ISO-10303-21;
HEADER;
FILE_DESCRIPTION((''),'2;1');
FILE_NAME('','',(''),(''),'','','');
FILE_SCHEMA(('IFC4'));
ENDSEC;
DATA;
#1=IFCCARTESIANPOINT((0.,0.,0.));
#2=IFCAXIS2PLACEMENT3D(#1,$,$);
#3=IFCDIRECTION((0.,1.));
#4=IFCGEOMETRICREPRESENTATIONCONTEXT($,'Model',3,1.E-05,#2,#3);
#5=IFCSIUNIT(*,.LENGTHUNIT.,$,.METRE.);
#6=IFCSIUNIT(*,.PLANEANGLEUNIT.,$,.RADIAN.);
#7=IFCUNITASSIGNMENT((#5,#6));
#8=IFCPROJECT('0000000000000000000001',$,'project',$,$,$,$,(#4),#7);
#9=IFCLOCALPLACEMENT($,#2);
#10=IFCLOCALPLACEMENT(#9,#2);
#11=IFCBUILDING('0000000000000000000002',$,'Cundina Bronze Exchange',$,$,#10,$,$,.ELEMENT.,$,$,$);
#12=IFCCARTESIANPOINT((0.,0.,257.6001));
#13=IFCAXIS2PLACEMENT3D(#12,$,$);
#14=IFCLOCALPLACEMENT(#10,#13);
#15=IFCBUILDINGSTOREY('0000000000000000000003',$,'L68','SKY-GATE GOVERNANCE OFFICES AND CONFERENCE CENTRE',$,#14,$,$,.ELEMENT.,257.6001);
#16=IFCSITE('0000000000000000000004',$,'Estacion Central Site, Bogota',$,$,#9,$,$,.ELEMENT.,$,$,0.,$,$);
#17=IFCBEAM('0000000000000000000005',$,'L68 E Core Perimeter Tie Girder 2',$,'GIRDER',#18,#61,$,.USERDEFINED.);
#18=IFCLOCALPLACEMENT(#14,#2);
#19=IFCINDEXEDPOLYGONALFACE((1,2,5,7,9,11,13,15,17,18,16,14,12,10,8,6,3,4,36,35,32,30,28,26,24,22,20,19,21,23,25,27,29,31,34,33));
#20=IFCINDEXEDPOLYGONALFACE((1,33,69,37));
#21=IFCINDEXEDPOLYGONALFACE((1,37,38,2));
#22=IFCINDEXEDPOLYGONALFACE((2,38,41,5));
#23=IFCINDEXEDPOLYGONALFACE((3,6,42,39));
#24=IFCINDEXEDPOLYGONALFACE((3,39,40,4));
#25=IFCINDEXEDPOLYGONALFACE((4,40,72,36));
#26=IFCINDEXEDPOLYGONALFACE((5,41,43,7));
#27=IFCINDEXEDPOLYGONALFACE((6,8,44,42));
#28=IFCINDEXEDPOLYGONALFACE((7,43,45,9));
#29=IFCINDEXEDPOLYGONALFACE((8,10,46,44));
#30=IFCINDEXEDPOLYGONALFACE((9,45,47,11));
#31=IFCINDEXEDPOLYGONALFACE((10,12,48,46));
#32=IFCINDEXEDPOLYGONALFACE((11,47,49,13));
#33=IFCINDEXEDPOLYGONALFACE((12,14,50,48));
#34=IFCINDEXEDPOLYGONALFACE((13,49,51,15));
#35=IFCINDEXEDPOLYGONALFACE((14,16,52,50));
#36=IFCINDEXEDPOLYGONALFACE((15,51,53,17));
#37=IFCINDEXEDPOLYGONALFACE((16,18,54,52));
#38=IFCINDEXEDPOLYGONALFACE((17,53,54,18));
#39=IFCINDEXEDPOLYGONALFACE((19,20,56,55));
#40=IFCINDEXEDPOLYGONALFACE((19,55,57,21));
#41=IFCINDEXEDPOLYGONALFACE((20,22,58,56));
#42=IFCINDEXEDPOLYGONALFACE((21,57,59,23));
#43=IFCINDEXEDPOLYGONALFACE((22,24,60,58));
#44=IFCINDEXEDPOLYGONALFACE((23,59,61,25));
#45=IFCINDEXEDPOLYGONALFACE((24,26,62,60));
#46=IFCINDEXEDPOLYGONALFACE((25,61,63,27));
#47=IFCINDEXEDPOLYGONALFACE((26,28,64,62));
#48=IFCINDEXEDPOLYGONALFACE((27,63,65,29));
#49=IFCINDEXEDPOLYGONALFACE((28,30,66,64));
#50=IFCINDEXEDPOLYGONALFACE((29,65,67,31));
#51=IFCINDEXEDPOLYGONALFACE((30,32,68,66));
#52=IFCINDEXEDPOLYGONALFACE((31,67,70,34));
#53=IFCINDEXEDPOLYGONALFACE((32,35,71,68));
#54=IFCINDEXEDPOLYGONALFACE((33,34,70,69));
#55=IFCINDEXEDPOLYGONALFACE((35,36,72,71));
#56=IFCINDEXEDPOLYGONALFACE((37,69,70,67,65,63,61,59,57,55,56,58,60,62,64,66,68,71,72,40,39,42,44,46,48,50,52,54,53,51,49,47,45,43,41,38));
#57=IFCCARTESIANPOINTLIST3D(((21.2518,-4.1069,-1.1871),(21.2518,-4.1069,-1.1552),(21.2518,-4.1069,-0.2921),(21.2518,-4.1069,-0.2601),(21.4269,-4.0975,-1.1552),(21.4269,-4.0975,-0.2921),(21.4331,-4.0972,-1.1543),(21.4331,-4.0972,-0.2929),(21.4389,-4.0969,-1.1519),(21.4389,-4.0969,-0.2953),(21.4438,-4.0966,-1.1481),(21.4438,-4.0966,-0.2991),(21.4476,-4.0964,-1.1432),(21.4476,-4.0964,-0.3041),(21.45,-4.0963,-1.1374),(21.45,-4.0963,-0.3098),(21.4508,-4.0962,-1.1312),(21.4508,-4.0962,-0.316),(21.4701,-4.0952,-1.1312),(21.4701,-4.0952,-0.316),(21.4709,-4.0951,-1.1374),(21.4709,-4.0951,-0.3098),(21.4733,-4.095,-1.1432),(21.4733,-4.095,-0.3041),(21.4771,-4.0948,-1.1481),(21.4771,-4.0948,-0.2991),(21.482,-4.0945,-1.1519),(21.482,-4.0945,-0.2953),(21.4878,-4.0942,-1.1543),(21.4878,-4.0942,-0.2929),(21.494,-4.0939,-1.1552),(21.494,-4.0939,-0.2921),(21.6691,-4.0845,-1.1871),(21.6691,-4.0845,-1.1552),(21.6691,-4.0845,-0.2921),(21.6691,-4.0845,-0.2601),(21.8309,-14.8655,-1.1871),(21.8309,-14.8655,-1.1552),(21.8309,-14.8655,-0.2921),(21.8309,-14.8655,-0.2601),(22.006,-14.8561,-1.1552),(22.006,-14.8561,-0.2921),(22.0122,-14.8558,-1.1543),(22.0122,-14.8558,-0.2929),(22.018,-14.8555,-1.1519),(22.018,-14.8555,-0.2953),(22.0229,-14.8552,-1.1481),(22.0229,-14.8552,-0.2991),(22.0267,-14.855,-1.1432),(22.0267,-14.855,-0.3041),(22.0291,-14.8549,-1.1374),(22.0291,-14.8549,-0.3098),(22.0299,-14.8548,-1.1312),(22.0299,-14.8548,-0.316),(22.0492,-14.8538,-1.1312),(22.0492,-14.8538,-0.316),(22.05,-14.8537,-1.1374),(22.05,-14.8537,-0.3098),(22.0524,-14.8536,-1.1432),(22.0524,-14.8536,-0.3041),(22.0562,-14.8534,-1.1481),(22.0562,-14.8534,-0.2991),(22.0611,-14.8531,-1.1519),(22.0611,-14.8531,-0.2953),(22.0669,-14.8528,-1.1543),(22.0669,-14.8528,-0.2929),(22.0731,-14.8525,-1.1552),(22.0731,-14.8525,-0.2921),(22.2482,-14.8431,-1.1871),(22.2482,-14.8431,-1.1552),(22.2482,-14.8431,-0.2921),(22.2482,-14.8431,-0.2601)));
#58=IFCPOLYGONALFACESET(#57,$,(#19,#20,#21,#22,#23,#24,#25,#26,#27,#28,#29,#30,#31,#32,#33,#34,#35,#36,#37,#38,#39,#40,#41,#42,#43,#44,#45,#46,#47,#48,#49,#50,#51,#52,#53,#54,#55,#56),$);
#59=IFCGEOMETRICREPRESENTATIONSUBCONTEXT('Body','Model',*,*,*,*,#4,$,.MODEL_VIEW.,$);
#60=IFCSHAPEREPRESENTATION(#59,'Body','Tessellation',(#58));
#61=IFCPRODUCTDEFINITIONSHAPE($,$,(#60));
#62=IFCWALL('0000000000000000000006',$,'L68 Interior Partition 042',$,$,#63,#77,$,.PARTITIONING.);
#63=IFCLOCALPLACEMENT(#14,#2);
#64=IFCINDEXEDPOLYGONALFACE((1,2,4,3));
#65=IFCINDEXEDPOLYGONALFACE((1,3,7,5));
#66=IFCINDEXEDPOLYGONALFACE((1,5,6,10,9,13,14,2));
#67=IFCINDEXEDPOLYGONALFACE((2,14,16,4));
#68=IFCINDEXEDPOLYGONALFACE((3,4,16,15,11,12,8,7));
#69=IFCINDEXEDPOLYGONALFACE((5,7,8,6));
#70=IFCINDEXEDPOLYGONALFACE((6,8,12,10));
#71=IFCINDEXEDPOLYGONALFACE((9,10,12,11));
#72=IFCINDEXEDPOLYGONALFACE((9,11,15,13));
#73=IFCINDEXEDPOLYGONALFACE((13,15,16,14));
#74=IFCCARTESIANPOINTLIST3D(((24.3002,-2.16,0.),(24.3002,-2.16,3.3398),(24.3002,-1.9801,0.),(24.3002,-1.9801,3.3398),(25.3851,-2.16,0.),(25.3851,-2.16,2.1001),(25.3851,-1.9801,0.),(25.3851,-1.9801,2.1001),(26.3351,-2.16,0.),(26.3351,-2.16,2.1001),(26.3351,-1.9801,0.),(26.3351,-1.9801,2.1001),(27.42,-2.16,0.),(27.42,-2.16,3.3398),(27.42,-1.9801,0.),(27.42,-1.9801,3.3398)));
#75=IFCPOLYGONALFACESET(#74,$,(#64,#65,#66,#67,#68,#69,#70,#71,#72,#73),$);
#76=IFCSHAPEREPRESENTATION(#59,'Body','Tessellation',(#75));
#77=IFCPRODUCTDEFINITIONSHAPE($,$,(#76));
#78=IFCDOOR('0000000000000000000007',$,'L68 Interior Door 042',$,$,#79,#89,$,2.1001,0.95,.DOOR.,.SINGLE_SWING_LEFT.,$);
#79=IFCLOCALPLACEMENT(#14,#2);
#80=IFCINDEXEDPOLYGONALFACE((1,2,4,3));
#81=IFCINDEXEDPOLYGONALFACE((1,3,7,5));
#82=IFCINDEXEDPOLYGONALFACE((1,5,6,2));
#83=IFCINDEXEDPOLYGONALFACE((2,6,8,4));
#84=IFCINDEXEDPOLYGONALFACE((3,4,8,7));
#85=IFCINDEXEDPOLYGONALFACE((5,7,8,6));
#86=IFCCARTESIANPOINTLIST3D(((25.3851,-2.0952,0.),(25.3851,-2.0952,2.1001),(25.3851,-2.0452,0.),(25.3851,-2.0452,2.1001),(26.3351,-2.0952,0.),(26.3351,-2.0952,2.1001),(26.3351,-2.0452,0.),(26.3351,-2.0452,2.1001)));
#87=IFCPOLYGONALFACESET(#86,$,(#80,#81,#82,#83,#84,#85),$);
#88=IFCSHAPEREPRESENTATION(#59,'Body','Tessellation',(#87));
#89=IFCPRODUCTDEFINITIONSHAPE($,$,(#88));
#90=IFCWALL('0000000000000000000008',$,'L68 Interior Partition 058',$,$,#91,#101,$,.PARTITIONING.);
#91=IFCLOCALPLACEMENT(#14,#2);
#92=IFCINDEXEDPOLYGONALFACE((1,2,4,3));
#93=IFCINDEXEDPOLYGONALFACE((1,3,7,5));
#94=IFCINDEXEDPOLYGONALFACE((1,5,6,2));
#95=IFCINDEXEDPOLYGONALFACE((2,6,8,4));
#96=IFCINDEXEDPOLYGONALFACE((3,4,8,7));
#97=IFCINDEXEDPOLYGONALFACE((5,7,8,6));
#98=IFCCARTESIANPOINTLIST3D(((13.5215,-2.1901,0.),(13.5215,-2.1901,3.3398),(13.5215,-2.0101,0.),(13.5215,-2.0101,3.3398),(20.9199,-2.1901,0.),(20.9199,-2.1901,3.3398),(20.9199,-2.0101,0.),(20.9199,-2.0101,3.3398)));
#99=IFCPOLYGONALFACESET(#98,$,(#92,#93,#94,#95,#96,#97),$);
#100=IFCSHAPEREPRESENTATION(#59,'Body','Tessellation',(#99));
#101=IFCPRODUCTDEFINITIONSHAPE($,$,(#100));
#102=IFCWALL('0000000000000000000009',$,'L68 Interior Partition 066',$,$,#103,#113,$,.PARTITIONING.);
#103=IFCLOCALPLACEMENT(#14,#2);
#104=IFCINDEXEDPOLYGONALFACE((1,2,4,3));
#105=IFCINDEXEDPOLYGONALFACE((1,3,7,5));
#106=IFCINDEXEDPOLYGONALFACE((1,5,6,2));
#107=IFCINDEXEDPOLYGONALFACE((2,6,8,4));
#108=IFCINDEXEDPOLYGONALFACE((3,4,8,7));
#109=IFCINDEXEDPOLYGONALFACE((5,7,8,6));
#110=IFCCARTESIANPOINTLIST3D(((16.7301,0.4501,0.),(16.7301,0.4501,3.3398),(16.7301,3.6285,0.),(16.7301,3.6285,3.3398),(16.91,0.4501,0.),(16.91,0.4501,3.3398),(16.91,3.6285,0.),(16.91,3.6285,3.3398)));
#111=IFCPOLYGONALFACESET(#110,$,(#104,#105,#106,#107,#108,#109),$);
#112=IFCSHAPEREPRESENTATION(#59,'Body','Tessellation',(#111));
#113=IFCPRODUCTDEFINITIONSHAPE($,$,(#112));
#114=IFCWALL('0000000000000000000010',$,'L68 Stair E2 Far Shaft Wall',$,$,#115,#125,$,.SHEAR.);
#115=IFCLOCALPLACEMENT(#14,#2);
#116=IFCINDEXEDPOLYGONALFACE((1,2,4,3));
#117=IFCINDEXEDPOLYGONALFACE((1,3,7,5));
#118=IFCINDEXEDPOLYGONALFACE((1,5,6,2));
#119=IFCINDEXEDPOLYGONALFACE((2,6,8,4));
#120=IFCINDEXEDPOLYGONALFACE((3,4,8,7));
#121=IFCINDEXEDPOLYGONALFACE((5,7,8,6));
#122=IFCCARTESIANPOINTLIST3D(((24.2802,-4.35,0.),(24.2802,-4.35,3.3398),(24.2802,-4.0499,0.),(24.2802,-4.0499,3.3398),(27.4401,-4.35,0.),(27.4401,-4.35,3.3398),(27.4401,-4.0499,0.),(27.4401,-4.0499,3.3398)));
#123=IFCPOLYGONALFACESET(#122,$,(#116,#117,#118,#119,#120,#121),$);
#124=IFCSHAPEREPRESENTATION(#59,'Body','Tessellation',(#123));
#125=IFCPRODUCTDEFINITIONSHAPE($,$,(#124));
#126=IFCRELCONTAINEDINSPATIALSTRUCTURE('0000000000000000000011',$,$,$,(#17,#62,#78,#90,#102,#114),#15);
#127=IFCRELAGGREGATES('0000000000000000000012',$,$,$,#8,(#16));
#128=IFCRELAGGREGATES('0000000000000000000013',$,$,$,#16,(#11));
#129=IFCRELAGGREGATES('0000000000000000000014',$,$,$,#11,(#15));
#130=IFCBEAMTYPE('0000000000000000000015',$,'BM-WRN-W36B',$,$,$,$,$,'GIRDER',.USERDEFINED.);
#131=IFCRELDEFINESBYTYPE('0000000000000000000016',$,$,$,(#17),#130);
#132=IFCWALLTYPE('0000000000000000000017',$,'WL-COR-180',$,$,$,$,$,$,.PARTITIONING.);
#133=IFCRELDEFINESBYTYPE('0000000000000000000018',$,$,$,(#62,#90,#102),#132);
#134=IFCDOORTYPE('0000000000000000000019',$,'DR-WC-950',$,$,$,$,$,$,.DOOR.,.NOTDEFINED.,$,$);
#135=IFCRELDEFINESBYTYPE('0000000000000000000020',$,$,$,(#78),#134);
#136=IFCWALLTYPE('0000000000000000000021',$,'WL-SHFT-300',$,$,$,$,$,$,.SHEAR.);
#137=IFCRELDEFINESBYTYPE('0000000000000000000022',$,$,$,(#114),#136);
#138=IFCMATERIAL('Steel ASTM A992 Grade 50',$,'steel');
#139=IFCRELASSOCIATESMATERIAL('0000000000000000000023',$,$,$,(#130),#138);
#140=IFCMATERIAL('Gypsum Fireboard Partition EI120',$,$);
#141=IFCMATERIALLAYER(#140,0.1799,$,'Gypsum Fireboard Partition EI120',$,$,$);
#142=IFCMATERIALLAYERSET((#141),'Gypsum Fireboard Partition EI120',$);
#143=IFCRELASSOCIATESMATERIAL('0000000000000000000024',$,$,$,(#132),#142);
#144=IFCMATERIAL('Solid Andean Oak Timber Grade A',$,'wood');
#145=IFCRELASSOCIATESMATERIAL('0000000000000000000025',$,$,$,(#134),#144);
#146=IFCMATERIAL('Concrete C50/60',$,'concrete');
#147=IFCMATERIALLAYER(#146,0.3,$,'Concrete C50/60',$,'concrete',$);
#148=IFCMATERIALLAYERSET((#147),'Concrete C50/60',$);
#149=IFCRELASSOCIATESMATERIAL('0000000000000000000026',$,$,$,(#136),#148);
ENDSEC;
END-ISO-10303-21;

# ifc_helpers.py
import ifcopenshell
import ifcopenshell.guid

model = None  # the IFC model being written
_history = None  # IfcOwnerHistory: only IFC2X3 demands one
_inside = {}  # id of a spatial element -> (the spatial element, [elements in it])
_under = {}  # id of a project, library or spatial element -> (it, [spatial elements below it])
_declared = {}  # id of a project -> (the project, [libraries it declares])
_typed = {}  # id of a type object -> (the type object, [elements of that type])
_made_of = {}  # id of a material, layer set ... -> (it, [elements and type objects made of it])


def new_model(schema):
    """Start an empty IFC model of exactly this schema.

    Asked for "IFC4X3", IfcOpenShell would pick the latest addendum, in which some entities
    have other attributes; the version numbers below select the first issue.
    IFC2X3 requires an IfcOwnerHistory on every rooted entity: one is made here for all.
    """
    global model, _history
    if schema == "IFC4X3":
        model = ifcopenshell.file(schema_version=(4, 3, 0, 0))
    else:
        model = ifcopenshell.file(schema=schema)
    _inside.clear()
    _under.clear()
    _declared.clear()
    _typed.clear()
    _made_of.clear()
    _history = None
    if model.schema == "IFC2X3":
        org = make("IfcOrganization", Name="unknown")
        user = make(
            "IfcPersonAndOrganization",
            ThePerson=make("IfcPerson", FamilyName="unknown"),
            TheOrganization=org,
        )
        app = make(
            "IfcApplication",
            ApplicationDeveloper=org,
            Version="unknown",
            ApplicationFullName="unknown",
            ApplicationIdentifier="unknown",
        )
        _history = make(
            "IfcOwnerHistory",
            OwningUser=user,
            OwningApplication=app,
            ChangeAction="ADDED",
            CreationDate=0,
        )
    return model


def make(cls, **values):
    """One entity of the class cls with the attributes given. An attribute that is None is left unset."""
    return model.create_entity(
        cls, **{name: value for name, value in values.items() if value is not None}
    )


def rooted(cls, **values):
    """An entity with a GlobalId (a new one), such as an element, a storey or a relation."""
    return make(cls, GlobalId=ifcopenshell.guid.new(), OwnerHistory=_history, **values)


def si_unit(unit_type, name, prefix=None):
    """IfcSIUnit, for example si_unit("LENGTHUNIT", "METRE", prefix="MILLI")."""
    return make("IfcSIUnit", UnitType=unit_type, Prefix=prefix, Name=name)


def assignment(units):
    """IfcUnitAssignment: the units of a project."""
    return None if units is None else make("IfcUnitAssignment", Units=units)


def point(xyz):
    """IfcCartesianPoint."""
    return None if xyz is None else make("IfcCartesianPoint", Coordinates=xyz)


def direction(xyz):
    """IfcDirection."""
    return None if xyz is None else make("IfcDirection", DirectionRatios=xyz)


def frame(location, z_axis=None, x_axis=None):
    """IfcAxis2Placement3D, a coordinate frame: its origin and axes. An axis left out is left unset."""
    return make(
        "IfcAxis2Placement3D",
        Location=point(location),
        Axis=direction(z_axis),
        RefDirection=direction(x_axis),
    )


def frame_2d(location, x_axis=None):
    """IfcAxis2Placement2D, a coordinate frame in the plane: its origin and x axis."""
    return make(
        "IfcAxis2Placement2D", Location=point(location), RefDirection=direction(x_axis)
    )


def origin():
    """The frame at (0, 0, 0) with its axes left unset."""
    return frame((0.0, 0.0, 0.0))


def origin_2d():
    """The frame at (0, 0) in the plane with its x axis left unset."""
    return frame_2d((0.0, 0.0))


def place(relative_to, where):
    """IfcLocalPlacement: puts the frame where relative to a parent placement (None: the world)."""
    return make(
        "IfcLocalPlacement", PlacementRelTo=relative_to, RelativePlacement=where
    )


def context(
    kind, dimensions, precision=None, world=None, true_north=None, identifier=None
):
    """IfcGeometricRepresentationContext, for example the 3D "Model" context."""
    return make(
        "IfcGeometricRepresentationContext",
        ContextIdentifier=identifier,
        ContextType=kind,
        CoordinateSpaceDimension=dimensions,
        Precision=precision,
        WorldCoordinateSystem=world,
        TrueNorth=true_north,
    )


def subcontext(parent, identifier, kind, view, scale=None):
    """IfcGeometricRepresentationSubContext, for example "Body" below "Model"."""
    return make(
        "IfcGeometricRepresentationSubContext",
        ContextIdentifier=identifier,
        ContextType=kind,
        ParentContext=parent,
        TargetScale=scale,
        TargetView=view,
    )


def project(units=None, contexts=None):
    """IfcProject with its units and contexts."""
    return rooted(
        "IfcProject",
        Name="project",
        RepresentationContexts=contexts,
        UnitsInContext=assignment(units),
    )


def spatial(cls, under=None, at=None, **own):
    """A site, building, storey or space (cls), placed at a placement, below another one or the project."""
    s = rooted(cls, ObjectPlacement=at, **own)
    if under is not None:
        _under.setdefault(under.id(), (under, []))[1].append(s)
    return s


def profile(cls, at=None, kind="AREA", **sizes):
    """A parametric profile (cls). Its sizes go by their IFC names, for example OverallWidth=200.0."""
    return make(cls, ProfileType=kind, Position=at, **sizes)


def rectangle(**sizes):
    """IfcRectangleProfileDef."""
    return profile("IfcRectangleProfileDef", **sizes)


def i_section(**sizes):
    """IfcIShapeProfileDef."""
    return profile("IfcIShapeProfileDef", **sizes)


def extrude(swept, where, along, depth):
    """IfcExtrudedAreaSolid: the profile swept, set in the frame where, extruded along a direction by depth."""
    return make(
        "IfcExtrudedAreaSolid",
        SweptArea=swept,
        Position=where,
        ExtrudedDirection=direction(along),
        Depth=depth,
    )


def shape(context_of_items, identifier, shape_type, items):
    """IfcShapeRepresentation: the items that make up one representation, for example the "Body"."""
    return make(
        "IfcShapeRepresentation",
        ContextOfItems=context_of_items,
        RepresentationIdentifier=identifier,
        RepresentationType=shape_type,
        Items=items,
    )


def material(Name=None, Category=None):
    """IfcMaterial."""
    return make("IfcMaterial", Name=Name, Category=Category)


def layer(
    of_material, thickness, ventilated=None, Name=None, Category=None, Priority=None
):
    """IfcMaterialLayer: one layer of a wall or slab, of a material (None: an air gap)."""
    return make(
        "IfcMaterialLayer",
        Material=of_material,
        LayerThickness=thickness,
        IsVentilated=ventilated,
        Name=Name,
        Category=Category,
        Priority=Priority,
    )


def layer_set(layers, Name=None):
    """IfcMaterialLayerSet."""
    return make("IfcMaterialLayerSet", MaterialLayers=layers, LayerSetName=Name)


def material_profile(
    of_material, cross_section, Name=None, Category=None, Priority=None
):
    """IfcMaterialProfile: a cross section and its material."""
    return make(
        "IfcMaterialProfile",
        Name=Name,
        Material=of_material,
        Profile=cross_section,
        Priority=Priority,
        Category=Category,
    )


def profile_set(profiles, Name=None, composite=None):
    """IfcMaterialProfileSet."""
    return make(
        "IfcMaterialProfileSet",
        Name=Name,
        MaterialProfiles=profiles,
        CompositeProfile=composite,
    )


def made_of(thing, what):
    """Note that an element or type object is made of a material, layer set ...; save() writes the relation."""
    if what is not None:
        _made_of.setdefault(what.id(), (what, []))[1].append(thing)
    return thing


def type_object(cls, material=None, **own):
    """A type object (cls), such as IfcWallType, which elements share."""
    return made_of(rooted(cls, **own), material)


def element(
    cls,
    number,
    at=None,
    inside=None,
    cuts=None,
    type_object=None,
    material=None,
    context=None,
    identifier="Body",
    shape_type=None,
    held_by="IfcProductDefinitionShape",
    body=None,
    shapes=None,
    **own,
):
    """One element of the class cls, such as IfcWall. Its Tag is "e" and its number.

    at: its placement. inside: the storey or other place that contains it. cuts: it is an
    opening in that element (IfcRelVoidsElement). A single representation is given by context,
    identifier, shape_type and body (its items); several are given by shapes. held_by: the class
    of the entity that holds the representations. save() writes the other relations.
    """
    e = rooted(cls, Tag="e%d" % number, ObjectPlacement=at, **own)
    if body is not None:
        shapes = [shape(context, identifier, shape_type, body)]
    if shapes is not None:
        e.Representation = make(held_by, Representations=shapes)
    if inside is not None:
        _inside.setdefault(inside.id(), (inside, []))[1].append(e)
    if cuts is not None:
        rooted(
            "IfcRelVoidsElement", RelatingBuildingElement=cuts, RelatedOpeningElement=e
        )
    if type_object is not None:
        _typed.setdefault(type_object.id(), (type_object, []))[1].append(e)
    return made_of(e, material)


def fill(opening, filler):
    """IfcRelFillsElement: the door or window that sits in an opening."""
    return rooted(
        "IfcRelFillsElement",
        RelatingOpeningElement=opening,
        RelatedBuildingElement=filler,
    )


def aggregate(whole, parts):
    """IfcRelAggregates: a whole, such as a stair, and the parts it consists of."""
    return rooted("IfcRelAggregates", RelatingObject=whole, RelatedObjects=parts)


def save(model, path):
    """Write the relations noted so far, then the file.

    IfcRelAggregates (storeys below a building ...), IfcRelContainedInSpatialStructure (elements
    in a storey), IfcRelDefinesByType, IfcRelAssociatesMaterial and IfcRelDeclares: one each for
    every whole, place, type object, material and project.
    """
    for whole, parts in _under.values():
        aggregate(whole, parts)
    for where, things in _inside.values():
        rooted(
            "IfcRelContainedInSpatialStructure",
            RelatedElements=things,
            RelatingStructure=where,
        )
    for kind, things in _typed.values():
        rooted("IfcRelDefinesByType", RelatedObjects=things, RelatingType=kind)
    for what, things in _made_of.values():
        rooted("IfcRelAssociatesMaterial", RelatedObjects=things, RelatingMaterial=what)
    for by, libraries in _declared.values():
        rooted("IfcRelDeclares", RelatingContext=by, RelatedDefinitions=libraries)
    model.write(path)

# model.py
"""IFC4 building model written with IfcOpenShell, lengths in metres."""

from ifc_helpers import new_model, si_unit, direction, frame, frame_2d, origin, origin_2d, place, context, subcontext, project, spatial, rectangle, i_section, extrude, material, layer, layer_set, material_profile, profile_set, type_object, element, fill, save


model = new_model("IFC4")

# Units and contexts
model_context = context("Model", 3, precision=1e-05, world=origin(), true_north=direction((0.0, 1.0)))
body_context = subcontext(model_context, "Body", "Model", "MODEL_VIEW")
ifc_project = project(units=[si_unit("LENGTHUNIT", "METRE"), si_unit("PLANEANGLEUNIT", "RADIAN")], contexts=[model_context])

# Site, building, storey
site_placement = place(None, origin())
site = spatial("IfcSite", under=ifc_project, at=site_placement, Name="Estacion Central Site, Bogota", CompositionType="ELEMENT", RefElevation=0.0)
building_placement = place(site_placement, origin())
building = spatial("IfcBuilding", under=site, at=building_placement, Name="Cundina Bronze Exchange", CompositionType="ELEMENT")
storey_placement = place(building_placement, frame((0.0, 0.0, 257.6001)))
storey = spatial("IfcBuildingStorey", under=building, at=storey_placement, Name="L68", Description="SKY-GATE GOVERNANCE OFFICES AND CONFERENCE CENTRE", CompositionType="ELEMENT", Elevation=257.6001)

# Shared definitions
ifc_material_1 = material(Name="Concrete C50/60", Category="concrete")
ifc_material_2 = material(Name="Steel ASTM A992 Grade 50", Category="steel")

# Beam
ifc_material_profile_1 = material_profile(ifc_material_2, i_section(OverallWidth=0.418, OverallDepth=0.927, WebThickness=0.0193, FlangeThickness=0.032, FilletRadius=0.0239, at=origin_2d()), Name="W36X231", Category="steel")
ifc_profile_set_1 = profile_set([ifc_material_profile_1], Name="Steel ASTM A992 Grade 50")
beam_type_1 = type_object("IfcBeamType", Name="BM-WRN-W36B", ElementType="GIRDER", PredefinedType="USERDEFINED", material=ifc_profile_set_1)
beam_1_placement = place(storey_placement, frame((21.4604, -4.0957, -0.7236), z_axis=(0.053749, -0.998554, 0.0), x_axis=(0.998554, 0.053749, 0.0)))
element("IfcBeam", 1, at=beam_1_placement, inside=storey, type_object=beam_type_1, Name="L68 E Core Perimeter Tie Girder 2", ObjectType="GIRDER", PredefinedType="USERDEFINED", context=body_context, shape_type="SweptSolid", body=[
    extrude(i_section(OverallWidth=0.418, OverallDepth=0.927, WebThickness=0.0193, FlangeThickness=0.032, FilletRadius=0.0239, at=origin_2d()), origin(), (0.0, 0.0, 1.0), 10.7742),
])

# Wall, opening, door
ifc_material_3 = material(Name="Gypsum Fireboard Partition EI120")
ifc_layer_1 = layer(ifc_material_3, 0.1799, Name="Gypsum Fireboard Partition EI120")
ifc_layer_set_1 = layer_set([ifc_layer_1], Name="Gypsum Fireboard Partition EI120")
wall_type_1 = type_object("IfcWallType", Name="WL-COR-180", PredefinedType="PARTITIONING", material=ifc_layer_set_1)
wall_1_placement = place(storey_placement, frame((24.3, -2.0701, 0.0), z_axis=(0.0, 0.0, 1.0), x_axis=(1.0, 0.0, 0.0)))
wall_1 = element("IfcWall", 2, at=wall_1_placement, inside=storey, type_object=wall_type_1, Name="L68 Interior Partition 042", PredefinedType="PARTITIONING", context=body_context, shape_type="SweptSolid", body=[
    extrude(rectangle(XDim=3.1199, YDim=0.1799, at=frame_2d((1.5601, 0.0))), origin(), (0.0, 0.0, 1.0), 3.3398),
])
opening_1_placement = place(wall_1_placement, frame((1.085, 0.0, 0.0)))
opening_1 = element("IfcOpeningElement", 3, at=opening_1_placement, cuts=wall_1, PredefinedType="OPENING", context=body_context, shape_type="SweptSolid", body=[
    extrude(rectangle(XDim=0.95, YDim=2.1001, at=frame_2d((0.4751, 1.05))), frame((0.0, 0.0999, 0.0), z_axis=(0.0, -1.0, 0.0), x_axis=(1.0, 0.0, 0.0)), (0.0, 0.0, 1.0), 0.2),
])
ifc_material_4 = material(Name="Solid Andean Oak Timber Grade A", Category="wood")
door_type_1 = type_object("IfcDoorType", Name="DR-WC-950", OperationType="NOTDEFINED", PredefinedType="DOOR", material=ifc_material_4)
door_1_placement = place(opening_1_placement, origin())
door_1 = element("IfcDoor", 4, at=door_1_placement, inside=storey, type_object=door_type_1, Name="L68 Interior Door 042", OperationType="SINGLE_SWING_LEFT", OverallHeight=2.1001, OverallWidth=0.95, PredefinedType="DOOR", context=body_context, shape_type="SweptSolid", body=[
    extrude(rectangle(XDim=0.95, YDim=2.1001, at=frame_2d((0.4751, 1.05))), frame((0.0, 0.0249, 0.0), z_axis=(0.0, -1.0, 0.0), x_axis=(1.0, 0.0, 0.0)), (0.0, 0.0, 1.0), 0.05),
])
fill(opening_1, door_1)

# Walls
wall_2_placement = place(storey_placement, frame((13.5215, -2.1001, 0.0), z_axis=(0.0, 0.0, 1.0), x_axis=(1.0, 0.0, 0.0)))
element("IfcWall", 5, at=wall_2_placement, inside=storey, type_object=wall_type_1, Name="L68 Interior Partition 058", PredefinedType="PARTITIONING", context=body_context, shape_type="SweptSolid", body=[
    extrude(rectangle(XDim=7.3984, YDim=0.1799, at=frame_2d((3.6992, 0.0))), origin(), (0.0, 0.0, 1.0), 3.3398),
])
wall_3_placement = place(storey_placement, frame((16.8201, 0.45, 0.0), z_axis=(0.0, 0.0, 1.0), x_axis=(0.0, 1.0, 0.0)))
element("IfcWall", 6, at=wall_3_placement, inside=storey, type_object=wall_type_1, Name="L68 Interior Partition 066", PredefinedType="PARTITIONING", context=body_context, shape_type="SweptSolid", body=[
    extrude(rectangle(XDim=3.1785, YDim=0.1799, at=frame_2d((1.5894, 0.0))), origin(), (0.0, 0.0, 1.0), 3.3398),
])

# Shared definitions
ifc_layer_2 = layer(ifc_material_1, 0.3, Name="Concrete C50/60", Category="concrete")
ifc_layer_set_2 = layer_set([ifc_layer_2], Name="Concrete C50/60")
wall_type_2 = type_object("IfcWallType", Name="WL-SHFT-300", PredefinedType="SHEAR", material=ifc_layer_set_2)

# Wall
wall_4_placement = place(storey_placement, frame((24.28, -4.2, 0.0), z_axis=(0.0, 0.0, 1.0), x_axis=(1.0, 0.0, 0.0)))
element("IfcWall", 7, at=wall_4_placement, inside=storey, type_object=wall_type_2, Name="L68 Stair E2 Far Shaft Wall", PredefinedType="SHEAR", context=body_context, shape_type="SweptSolid", body=[
    extrude(rectangle(XDim=3.1599, YDim=0.3, at=frame_2d((1.5801, 0.0))), origin(), (0.0, 0.0, 1.0), 3.3398),
])

save(model, "model.ifc")
